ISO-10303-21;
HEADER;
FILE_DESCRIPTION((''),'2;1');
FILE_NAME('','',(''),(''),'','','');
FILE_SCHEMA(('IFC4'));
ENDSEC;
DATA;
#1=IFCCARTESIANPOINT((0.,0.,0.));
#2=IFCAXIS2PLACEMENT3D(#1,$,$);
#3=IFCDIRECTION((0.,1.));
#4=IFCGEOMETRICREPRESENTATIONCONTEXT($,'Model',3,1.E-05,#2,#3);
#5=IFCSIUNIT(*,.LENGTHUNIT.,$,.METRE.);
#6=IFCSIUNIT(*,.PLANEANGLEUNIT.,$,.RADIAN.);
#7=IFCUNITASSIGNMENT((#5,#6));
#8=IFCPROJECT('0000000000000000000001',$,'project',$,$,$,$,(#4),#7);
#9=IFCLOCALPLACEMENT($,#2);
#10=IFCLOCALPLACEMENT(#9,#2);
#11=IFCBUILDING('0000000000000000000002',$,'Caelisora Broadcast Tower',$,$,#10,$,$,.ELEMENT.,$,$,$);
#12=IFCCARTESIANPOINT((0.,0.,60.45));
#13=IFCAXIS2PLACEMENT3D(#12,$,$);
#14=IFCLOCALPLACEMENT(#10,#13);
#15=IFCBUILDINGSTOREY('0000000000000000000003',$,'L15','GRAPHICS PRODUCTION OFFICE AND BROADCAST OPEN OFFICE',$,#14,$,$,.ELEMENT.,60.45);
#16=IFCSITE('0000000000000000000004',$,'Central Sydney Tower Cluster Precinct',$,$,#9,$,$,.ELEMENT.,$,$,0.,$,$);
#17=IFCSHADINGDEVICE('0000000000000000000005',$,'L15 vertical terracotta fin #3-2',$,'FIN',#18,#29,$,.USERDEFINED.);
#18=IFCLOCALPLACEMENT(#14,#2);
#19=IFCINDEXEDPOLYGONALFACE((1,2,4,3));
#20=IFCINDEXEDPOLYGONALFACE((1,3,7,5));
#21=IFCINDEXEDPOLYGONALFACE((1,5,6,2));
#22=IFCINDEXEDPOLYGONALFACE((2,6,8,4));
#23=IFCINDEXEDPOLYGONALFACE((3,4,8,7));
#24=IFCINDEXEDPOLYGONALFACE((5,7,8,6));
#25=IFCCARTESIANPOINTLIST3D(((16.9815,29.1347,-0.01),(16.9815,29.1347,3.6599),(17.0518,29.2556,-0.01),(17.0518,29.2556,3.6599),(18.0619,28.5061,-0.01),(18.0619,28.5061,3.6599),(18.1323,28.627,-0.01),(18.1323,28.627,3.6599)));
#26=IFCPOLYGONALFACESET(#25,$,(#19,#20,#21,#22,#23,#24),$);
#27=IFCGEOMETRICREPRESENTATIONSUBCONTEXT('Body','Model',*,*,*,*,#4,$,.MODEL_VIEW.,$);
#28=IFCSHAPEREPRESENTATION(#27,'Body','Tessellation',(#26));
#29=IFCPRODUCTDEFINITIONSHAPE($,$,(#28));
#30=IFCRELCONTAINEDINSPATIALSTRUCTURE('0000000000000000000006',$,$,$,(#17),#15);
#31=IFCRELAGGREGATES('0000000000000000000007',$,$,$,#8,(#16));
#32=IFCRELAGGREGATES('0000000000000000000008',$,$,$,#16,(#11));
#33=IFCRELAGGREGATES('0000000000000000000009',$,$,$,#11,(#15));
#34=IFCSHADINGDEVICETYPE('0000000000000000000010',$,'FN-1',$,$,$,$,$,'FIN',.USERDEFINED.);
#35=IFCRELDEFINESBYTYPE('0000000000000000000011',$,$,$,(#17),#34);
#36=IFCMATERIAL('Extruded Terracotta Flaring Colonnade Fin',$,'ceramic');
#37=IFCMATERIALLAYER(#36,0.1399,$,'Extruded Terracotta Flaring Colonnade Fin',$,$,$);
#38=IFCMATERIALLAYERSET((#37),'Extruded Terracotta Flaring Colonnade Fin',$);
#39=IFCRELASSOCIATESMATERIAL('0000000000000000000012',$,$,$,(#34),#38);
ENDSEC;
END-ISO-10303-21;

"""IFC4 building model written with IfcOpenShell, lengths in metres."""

from ifc_helpers import new_model, si_unit, direction, frame, origin, origin_2d, place, context, subcontext, project, spatial, rectangle, extrude, source, transform, mapped, material, layer, layer_set, type_object, type_shapes, element, save


model = new_model("IFC4")

# Units and contexts
model_context = context("Model", 3, precision=1e-05, world=origin(), true_north=direction((0.0, 1.0)))
body_context = subcontext(model_context, "Body", "Model", "MODEL_VIEW")
ifc_project = project(units=[si_unit("LENGTHUNIT", "METRE"), si_unit("PLANEANGLEUNIT", "RADIAN")], contexts=[model_context])

# Site, building, storey
site_placement = place(None, origin())
site = spatial("IfcSite", under=ifc_project, at=site_placement, Name="Central Sydney Tower Cluster Precinct", CompositionType="ELEMENT", RefElevation=0.0)
building_placement = place(site_placement, origin())
building = spatial("IfcBuilding", under=site, at=building_placement, Name="Caelisora Broadcast Tower", CompositionType="ELEMENT")
storey_placement = place(building_placement, frame((0.0, 0.0, 60.45)))
storey = spatial("IfcBuildingStorey", under=building, at=storey_placement, Name="L15", Description="GRAPHICS PRODUCTION OFFICE AND BROADCAST OPEN OFFICE", CompositionType="ELEMENT", Elevation=60.45)

# Shading device
ifc_material_1 = material(Name="Extruded Terracotta Flaring Colonnade Fin", Category="ceramic")
ifc_layer_1 = layer(ifc_material_1, 0.1399, Name="Extruded Terracotta Flaring Colonnade Fin")
ifc_layer_set_1 = layer_set([ifc_layer_1], Name="Extruded Terracotta Flaring Colonnade Fin")
shading_device_type = type_object("IfcShadingDeviceType", Name="FN-1", ElementType="FIN", PredefinedType="USERDEFINED", material=ifc_layer_set_1)
shared_shape_1 = source(origin(), body_context, "Body", "SweptSolid", [
    extrude(rectangle(XDim=0.1399, YDim=1.25, at=origin_2d()), origin(), (0.0, 0.0, 1.0), 3.6699),
])
type_shapes(shading_device_type, [shared_shape_1])
shading_device_placement = place(storey_placement, frame((17.5569, 28.8809, -0.01), z_axis=(0.0, 0.0, 1.0), x_axis=(0.502869, 0.864363, 0.0)))
element("IfcShadingDevice", 1, at=shading_device_placement, inside=storey, type_object=shading_device_type, Name="L15 vertical terracotta fin #3-2", ObjectType="FIN", PredefinedType="USERDEFINED", context=body_context, shape_type="MappedRepresentation", body=[
    mapped(shared_shape_1, transform((0.0, 0.0, 0.0), scale=1.0)),
])

save(model, "model.ifc")
